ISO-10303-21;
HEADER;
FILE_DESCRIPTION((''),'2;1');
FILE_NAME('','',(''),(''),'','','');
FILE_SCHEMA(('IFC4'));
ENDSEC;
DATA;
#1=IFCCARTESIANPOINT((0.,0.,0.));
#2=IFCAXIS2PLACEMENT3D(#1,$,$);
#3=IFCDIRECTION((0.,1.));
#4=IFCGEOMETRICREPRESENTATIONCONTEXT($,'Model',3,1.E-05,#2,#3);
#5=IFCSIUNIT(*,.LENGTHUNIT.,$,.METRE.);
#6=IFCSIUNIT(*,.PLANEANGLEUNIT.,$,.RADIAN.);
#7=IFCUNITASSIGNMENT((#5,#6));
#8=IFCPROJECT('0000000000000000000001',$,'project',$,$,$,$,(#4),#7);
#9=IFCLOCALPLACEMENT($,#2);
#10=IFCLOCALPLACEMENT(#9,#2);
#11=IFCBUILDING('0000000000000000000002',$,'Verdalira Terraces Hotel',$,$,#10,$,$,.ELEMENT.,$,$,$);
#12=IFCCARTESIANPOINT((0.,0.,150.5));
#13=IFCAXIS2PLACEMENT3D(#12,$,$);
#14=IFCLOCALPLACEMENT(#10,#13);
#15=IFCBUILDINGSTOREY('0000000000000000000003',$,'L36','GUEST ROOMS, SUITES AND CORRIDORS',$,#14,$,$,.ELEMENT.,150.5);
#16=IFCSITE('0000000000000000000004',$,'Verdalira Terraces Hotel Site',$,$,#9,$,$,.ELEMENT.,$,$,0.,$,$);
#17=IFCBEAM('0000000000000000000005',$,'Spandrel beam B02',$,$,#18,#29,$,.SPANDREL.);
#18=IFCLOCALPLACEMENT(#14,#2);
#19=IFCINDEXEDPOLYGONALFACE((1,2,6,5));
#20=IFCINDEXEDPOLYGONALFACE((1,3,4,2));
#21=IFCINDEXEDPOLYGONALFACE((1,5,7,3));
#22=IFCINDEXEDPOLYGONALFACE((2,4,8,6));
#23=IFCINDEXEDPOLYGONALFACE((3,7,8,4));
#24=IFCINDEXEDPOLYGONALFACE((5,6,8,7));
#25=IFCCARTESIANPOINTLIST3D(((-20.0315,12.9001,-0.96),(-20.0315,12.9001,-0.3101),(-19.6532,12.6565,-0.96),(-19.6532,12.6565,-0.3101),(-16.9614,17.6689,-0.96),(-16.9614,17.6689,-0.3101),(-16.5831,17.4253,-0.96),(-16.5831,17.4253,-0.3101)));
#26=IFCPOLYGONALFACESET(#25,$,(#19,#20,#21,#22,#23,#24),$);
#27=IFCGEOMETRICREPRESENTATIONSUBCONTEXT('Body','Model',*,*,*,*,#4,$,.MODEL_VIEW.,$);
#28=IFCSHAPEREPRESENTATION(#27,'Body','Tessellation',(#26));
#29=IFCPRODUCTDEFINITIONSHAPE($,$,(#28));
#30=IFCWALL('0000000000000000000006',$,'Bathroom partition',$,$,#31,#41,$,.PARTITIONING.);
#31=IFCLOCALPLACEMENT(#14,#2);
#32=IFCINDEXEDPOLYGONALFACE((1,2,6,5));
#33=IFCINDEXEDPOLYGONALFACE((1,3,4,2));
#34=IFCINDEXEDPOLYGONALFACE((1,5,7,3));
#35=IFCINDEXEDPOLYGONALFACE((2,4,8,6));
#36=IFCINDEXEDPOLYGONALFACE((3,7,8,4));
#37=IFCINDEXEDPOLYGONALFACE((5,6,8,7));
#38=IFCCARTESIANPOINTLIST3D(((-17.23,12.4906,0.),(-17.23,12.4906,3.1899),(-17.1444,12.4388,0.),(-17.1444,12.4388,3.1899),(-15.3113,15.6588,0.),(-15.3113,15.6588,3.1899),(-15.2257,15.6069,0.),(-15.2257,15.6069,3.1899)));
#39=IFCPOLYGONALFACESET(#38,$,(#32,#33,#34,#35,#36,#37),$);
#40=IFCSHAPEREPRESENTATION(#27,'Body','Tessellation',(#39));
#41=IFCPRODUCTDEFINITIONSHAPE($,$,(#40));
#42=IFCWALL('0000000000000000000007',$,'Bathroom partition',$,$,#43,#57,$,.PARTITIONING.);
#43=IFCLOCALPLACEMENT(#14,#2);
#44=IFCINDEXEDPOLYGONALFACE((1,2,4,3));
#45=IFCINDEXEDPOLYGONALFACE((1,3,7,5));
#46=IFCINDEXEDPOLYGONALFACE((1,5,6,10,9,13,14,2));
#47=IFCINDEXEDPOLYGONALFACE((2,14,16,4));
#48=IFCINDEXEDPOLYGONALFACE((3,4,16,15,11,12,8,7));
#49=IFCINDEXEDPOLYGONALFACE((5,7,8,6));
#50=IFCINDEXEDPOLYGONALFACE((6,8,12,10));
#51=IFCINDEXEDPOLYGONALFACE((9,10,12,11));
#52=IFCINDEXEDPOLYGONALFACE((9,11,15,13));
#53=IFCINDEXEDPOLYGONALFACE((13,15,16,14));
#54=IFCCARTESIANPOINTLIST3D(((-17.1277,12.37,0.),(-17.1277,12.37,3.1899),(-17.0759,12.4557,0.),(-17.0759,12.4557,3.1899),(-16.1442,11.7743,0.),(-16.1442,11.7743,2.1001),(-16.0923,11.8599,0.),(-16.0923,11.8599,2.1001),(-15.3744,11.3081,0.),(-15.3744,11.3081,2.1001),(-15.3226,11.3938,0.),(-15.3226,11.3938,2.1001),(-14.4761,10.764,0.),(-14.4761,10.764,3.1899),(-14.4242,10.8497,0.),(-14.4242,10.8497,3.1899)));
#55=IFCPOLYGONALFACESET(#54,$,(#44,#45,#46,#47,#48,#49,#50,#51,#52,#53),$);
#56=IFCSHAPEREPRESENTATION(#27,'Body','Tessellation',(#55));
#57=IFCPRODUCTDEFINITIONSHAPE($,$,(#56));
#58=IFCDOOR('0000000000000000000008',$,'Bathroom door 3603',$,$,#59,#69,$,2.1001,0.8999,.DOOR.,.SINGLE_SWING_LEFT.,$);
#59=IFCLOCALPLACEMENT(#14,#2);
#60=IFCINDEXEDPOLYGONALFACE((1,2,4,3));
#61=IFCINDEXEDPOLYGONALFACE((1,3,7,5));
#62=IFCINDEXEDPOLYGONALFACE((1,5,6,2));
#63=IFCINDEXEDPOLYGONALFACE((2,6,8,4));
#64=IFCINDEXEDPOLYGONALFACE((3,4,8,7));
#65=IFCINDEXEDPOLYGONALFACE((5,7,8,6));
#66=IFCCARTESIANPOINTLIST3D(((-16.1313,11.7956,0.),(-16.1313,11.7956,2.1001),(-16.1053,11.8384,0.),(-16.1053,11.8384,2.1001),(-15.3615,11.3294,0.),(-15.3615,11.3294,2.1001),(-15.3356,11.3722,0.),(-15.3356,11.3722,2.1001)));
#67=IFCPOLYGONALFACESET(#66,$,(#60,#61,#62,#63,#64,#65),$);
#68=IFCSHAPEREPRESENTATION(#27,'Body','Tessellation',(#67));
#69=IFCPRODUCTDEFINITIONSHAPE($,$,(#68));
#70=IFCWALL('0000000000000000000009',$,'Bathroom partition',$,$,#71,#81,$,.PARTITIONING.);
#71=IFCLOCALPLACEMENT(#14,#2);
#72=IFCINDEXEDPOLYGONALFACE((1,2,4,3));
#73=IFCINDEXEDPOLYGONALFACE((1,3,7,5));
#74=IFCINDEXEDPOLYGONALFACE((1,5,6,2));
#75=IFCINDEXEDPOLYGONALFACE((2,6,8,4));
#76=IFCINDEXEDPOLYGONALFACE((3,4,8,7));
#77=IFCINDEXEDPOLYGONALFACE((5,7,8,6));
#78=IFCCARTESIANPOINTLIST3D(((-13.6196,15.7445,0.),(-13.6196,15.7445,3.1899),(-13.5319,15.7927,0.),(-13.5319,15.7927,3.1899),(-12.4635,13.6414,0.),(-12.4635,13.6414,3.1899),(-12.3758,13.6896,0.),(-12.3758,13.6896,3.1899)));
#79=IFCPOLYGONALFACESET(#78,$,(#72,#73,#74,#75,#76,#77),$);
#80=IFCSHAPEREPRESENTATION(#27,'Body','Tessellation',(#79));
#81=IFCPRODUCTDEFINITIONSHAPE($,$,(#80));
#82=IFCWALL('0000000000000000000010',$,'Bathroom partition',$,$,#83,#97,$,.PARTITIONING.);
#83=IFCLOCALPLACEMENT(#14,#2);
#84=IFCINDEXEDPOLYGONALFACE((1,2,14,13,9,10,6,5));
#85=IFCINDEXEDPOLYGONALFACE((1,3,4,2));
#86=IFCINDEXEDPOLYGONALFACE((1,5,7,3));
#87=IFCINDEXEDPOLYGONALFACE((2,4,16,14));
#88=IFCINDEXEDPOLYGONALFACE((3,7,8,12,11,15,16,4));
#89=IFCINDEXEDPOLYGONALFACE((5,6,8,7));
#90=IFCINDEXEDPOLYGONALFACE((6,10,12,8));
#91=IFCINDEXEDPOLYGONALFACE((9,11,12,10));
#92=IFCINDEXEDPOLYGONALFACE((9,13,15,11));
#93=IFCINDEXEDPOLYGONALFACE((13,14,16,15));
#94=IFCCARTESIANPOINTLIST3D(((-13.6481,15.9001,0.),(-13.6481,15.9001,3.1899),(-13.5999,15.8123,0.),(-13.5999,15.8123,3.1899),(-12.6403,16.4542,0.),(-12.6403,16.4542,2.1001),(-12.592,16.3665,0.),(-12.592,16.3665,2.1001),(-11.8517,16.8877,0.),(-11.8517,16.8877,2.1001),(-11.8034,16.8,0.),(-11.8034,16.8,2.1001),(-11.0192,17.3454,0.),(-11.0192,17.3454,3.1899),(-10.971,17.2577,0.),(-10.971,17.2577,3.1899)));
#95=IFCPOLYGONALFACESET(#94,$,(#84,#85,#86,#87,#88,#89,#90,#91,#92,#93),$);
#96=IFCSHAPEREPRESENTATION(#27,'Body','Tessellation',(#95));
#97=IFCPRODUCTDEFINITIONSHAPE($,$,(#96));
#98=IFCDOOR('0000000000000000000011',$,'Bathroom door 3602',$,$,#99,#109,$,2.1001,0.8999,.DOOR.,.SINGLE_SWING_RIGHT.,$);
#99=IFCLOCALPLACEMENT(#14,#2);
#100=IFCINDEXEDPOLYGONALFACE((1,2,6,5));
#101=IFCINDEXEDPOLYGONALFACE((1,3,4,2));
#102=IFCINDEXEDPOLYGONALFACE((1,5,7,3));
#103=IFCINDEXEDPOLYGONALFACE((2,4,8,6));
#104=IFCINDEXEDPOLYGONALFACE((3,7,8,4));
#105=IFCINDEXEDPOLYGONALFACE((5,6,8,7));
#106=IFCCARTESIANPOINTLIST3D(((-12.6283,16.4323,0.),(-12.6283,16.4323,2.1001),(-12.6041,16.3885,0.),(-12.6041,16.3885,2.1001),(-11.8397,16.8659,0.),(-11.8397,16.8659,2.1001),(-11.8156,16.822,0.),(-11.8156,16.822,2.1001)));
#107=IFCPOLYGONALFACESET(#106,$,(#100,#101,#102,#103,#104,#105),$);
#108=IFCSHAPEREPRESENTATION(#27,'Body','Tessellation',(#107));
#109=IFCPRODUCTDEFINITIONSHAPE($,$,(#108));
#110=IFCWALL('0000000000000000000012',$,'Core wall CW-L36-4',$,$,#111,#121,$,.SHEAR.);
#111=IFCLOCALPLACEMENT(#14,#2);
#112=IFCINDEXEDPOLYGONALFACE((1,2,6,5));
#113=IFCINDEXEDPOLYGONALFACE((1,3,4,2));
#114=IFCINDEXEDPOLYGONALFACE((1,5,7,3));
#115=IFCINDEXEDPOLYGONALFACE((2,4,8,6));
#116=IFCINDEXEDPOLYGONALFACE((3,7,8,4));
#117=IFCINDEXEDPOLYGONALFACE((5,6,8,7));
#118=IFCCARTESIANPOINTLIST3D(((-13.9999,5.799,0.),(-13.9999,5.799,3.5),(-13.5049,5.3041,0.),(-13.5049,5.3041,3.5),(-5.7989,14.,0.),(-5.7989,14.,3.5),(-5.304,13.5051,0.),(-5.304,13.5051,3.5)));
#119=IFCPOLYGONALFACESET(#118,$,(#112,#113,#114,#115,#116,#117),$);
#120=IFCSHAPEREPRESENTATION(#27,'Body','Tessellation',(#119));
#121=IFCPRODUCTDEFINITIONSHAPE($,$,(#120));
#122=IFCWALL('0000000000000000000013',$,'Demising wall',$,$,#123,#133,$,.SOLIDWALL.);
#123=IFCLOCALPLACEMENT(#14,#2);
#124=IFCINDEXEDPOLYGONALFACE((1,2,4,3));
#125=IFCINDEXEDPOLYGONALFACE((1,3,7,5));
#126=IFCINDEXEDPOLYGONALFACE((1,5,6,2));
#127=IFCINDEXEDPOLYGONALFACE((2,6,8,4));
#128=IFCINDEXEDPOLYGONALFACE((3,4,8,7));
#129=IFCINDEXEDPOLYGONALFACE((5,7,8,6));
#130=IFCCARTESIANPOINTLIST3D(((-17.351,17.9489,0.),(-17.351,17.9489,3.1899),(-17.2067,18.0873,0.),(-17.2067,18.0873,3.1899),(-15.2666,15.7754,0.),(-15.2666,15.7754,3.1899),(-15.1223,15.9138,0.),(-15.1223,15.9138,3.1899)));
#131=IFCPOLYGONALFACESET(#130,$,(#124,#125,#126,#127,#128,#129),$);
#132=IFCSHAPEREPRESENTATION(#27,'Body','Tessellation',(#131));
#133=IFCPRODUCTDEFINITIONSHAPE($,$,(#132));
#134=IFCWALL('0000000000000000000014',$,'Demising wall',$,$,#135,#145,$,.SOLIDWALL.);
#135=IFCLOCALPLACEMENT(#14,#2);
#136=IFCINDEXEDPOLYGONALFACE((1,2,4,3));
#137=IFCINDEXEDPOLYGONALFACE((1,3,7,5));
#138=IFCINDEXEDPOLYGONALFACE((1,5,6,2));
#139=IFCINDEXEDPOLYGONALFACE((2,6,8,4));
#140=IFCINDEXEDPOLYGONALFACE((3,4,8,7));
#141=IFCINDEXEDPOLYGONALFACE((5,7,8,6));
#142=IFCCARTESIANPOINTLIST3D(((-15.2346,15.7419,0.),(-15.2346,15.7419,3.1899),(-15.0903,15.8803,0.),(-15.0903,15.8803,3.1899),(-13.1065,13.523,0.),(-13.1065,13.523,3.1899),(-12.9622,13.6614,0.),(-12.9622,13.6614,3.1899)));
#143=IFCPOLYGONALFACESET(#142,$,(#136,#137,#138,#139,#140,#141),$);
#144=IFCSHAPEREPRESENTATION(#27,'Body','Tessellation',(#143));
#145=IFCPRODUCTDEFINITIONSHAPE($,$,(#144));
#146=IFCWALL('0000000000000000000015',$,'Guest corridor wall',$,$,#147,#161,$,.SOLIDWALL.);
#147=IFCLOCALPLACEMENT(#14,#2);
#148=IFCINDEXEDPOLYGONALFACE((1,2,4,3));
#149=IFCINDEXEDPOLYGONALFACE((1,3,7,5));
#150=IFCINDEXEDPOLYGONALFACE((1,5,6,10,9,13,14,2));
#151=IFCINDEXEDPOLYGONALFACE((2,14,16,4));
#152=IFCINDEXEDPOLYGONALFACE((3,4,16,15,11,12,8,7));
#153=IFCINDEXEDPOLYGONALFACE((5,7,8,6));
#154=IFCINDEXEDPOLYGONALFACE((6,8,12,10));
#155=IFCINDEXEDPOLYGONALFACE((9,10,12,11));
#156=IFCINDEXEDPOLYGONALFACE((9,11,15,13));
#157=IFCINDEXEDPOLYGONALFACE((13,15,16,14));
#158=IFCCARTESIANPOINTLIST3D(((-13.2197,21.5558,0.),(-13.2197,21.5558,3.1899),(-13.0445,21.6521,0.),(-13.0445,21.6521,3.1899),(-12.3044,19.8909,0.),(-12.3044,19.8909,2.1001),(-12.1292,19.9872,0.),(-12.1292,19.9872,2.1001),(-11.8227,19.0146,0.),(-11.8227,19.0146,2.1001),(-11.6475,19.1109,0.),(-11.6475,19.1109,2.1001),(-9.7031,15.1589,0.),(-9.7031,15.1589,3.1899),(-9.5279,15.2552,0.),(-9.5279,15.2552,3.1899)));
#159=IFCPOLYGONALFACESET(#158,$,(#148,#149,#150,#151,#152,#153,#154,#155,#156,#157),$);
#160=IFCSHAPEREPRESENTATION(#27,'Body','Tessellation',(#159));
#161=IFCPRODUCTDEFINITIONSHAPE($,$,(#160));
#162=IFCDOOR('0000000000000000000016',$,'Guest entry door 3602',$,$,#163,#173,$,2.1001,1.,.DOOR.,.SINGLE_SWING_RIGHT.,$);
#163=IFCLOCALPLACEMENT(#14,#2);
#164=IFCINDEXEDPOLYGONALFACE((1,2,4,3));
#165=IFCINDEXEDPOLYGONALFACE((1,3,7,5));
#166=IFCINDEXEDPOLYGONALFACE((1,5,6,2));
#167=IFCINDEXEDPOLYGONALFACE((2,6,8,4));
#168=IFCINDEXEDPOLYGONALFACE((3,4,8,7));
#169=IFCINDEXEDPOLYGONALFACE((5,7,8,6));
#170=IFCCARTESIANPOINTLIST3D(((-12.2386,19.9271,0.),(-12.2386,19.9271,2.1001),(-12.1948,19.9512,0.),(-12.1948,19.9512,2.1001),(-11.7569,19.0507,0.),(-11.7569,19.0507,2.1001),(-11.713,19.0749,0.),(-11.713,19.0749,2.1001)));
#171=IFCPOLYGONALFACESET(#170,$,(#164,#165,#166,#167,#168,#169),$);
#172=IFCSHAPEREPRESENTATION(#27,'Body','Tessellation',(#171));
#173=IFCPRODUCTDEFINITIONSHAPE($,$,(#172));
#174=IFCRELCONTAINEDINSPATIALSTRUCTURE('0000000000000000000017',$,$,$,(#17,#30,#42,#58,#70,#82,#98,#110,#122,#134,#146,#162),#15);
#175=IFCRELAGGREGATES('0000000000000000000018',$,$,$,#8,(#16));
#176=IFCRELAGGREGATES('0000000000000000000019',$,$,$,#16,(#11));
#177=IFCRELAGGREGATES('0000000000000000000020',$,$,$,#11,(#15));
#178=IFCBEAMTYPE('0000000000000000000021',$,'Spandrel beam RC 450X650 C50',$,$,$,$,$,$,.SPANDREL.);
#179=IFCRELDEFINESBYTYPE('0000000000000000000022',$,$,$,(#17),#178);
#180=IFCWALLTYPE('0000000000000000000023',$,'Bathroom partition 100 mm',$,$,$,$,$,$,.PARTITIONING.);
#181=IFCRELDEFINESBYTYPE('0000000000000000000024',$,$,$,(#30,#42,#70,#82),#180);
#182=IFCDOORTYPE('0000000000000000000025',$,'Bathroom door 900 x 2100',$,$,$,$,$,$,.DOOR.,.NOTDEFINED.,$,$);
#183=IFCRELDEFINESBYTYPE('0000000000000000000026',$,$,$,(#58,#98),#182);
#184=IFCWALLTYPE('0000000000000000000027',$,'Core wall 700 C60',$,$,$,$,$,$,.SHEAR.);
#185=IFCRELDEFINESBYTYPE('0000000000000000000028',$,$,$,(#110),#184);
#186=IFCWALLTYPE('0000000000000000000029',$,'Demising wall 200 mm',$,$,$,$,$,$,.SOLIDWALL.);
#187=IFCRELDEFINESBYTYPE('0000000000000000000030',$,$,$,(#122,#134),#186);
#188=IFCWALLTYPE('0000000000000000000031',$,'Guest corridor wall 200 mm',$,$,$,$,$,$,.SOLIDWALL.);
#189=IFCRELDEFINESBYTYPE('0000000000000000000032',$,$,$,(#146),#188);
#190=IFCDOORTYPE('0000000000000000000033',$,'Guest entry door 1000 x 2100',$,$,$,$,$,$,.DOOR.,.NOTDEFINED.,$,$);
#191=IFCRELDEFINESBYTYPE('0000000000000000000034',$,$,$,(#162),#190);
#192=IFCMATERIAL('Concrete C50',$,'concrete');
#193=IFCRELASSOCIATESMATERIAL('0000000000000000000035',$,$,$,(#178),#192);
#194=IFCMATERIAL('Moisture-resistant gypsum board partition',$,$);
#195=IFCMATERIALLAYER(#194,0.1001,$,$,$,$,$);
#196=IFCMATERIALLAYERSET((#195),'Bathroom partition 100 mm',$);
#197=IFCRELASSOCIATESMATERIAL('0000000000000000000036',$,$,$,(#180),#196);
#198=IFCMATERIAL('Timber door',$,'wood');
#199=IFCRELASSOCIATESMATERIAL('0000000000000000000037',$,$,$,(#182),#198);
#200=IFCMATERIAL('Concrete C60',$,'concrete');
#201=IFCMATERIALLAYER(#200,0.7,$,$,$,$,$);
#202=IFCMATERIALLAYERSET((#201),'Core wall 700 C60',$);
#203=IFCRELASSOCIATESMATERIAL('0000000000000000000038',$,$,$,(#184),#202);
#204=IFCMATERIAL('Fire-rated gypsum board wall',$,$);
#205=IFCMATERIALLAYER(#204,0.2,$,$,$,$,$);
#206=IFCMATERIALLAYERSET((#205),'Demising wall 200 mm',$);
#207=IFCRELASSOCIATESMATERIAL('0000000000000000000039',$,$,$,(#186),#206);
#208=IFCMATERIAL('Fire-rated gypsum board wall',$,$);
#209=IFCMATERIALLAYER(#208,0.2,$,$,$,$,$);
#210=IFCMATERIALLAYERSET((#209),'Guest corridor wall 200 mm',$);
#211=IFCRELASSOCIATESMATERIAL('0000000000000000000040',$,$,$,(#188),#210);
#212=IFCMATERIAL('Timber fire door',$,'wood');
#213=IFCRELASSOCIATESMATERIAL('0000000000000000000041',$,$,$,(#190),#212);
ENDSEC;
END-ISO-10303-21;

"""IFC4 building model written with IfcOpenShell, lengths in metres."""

from ifc_helpers import new_model, si_unit, direction, frame, frame_2d, origin, origin_2d, place, context, subcontext, project, spatial, rectangle, extrude, material, layer, layer_set, material_profile, profile_set, type_object, element, fill, save


model = new_model("IFC4")

# Units and contexts
model_context = context("Model", 3, precision=1e-05, world=origin(), true_north=direction((0.0, 1.0)))
body_context = subcontext(model_context, "Body", "Model", "MODEL_VIEW")
ifc_project = project(units=[si_unit("LENGTHUNIT", "METRE"), si_unit("PLANEANGLEUNIT", "RADIAN")], contexts=[model_context])

# Site, building, storey
site_placement = place(None, origin())
site = spatial("IfcSite", under=ifc_project, at=site_placement, Name="Verdalira Terraces Hotel Site", CompositionType="ELEMENT", RefElevation=0.0)
building_placement = place(site_placement, origin())
building = spatial("IfcBuilding", under=site, at=building_placement, Name="Verdalira Terraces Hotel", CompositionType="ELEMENT")
storey_placement = place(building_placement, frame((0.0, 0.0, 150.5)))
storey = spatial("IfcBuildingStorey", under=building, at=storey_placement, Name="L36", Description="GUEST ROOMS, SUITES AND CORRIDORS", CompositionType="ELEMENT", Elevation=150.5)

# Beam
ifc_material_1 = material(Name="Concrete C50", Category="concrete")
ifc_material_profile = material_profile(ifc_material_1, rectangle(XDim=0.45, YDim=0.6499, at=origin_2d()), Name="RC 450X650")
ifc_profile_set = profile_set([ifc_material_profile], Name="Concrete C50")
beam_type = type_object("IfcBeamType", Name="Spandrel beam RC 450X650 C50", PredefinedType="SPANDREL", material=ifc_profile_set)
beam_placement = place(storey_placement, frame((-16.7722, 17.5471, -0.635), z_axis=(-0.541308, -0.840824, 0.0), x_axis=(0.840824, -0.541308, 0.0)))
element("IfcBeam", 1, at=beam_placement, inside=storey, type_object=beam_type, Name="Spandrel beam B02", PredefinedType="SPANDREL", context=body_context, shape_type="SweptSolid", body=[
    extrude(rectangle(XDim=0.45, YDim=0.6499, at=origin_2d()), origin(), (0.0, 0.0, 1.0), 5.6716),
])

# Wall
ifc_material_2 = material(Name="Moisture-resistant gypsum board partition")
ifc_layer_1 = layer(ifc_material_2, 0.1001)
ifc_layer_set_1 = layer_set([ifc_layer_1], Name="Bathroom partition 100 mm")
wall_type_1 = type_object("IfcWallType", Name="Bathroom partition 100 mm", PredefinedType="PARTITIONING", material=ifc_layer_set_1)
wall_1_placement = place(storey_placement, frame((-17.1873, 12.4646, 0.0), z_axis=(0.0, 0.0, 1.0), x_axis=(0.51802, 0.855369, 0.0)))
element("IfcWall", 2, at=wall_1_placement, inside=storey, type_object=wall_type_1, Name="Bathroom partition", PredefinedType="PARTITIONING", context=body_context, shape_type="SweptSolid", body=[
    extrude(rectangle(XDim=3.7039, YDim=0.1001, at=frame_2d((1.8521, 0.0))), origin(), (0.0, 0.0, 1.0), 3.1899),
])

# Wall, opening, door
wall_2_placement = place(storey_placement, frame((-17.1018, 12.4128, 0.0), z_axis=(0.0, 0.0, 1.0), x_axis=(0.855352, -0.518047, 0.0)))
wall_2 = element("IfcWall", 3, at=wall_2_placement, inside=storey, type_object=wall_type_1, Name="Bathroom partition", PredefinedType="PARTITIONING", context=body_context, shape_type="SweptSolid", body=[
    extrude(rectangle(XDim=3.1001, YDim=0.1001, at=frame_2d((1.55, 0.0))), origin(), (0.0, 0.0, 1.0), 3.1899),
])
opening_1_placement = place(wall_2_placement, frame((1.1499, 0.0, 0.0)))
opening_1 = element("IfcOpeningElement", 4, at=opening_1_placement, cuts=wall_2, PredefinedType="OPENING", context=body_context, shape_type="SweptSolid", body=[
    extrude(rectangle(XDim=0.8999, YDim=2.1001, at=frame_2d((0.45, 1.05))), frame((0.0, 0.0601, 0.0), z_axis=(0.0, -1.0, 0.0), x_axis=(1.0, 0.0, 0.0)), (0.0, 0.0, 1.0), 0.1201),
])
ifc_material_3 = material(Name="Timber door", Category="wood")
door_type_1 = type_object("IfcDoorType", Name="Bathroom door 900 x 2100", OperationType="NOTDEFINED", PredefinedType="DOOR", material=ifc_material_3)
door_1_placement = place(opening_1_placement, origin())
door_1 = element("IfcDoor", 5, at=door_1_placement, inside=storey, type_object=door_type_1, Name="Bathroom door 3603", OperationType="SINGLE_SWING_LEFT", OverallHeight=2.1001, OverallWidth=0.8999, PredefinedType="DOOR", context=body_context, shape_type="SweptSolid", body=[
    extrude(rectangle(XDim=0.8999, YDim=2.1001, at=frame_2d((0.45, 1.05))), frame((0.0, 0.0249, 0.0), z_axis=(0.0, -1.0, 0.0), x_axis=(1.0, 0.0, 0.0)), (0.0, 0.0, 1.0), 0.05),
])
fill(opening_1, door_1)

# Wall
wall_3_placement = place(storey_placement, frame((-12.4197, 13.6655, 0.0), z_axis=(0.0, 0.0, 1.0), x_axis=(-0.481708, 0.876332, 0.0)))
element("IfcWall", 6, at=wall_3_placement, inside=storey, type_object=wall_type_1, Name="Bathroom partition", PredefinedType="PARTITIONING", context=body_context, shape_type="SweptSolid", body=[
    extrude(rectangle(XDim=2.3999, YDim=0.1001, at=frame_2d((1.2, 0.0))), origin(), (0.0, 0.0, 1.0), 3.1899),
])

# Wall, opening, door
wall_4_placement = place(storey_placement, frame((-10.9951, 17.3015, 0.0), z_axis=(0.0, 0.0, 1.0), x_axis=(-0.876298, -0.481769, 0.0)))
wall_4 = element("IfcWall", 7, at=wall_4_placement, inside=storey, type_object=wall_type_1, Name="Bathroom partition", PredefinedType="PARTITIONING", context=body_context, shape_type="SweptSolid", body=[
    extrude(rectangle(XDim=3.0, YDim=0.1001, at=frame_2d((1.5, 0.0))), origin(), (0.0, 0.0, 1.0), 3.1899),
])
opening_2_placement = place(wall_4_placement, frame((0.95, 0.0, 0.0)))
opening_2 = element("IfcOpeningElement", 8, at=opening_2_placement, cuts=wall_4, PredefinedType="OPENING", context=body_context, shape_type="SweptSolid", body=[
    extrude(rectangle(XDim=0.8999, YDim=2.1001, at=frame_2d((0.45, 1.05))), frame((0.0, 0.0601, 0.0), z_axis=(0.0, -1.0, 0.0), x_axis=(1.0, 0.0, 0.0)), (0.0, 0.0, 1.0), 0.1201),
])
door_2_placement = place(opening_2_placement, origin())
door_2 = element("IfcDoor", 9, at=door_2_placement, inside=storey, type_object=door_type_1, Name="Bathroom door 3602", OperationType="SINGLE_SWING_RIGHT", OverallHeight=2.1001, OverallWidth=0.8999, PredefinedType="DOOR", context=body_context, shape_type="SweptSolid", body=[
    extrude(rectangle(XDim=0.8999, YDim=2.1001, at=frame_2d((0.45, 1.05))), frame((0.0, 0.0249, 0.0), z_axis=(0.0, -1.0, 0.0), x_axis=(1.0, 0.0, 0.0)), (0.0, 0.0, 1.0), 0.05),
])
fill(opening_2, door_2)

# Walls
ifc_material_4 = material(Name="Concrete C60", Category="concrete")
ifc_layer_2 = layer(ifc_material_4, 0.7)
ifc_layer_set_2 = layer_set([ifc_layer_2], Name="Core wall 700 C60")
wall_type_2 = type_object("IfcWallType", Name="Core wall 700 C60", PredefinedType="SHEAR", material=ifc_layer_set_2)
wall_5_placement = place(storey_placement, frame((-5.5515, 13.7524, 0.0), z_axis=(0.0, 0.0, 1.0), x_axis=(-0.707107, -0.707107, 0.0)))
element("IfcWall", 10, at=wall_5_placement, inside=storey, type_object=wall_type_2, Name="Core wall CW-L36-4", PredefinedType="SHEAR", context=body_context, shape_type="SweptSolid", body=[
    extrude(rectangle(XDim=11.5979, YDim=0.7, at=frame_2d((5.7988, 0.0))), origin(), (0.0, 0.0, 1.0), 3.5),
])
ifc_material_5 = material(Name="Fire-rated gypsum board wall")
ifc_layer_3 = layer(ifc_material_5, 0.2)
ifc_layer_set_3 = layer_set([ifc_layer_3], Name="Demising wall 200 mm")
wall_type_3 = type_object("IfcWallType", Name="Demising wall 200 mm", PredefinedType="SOLIDWALL", material=ifc_layer_set_3)
wall_6_placement = place(storey_placement, frame((-15.1943, 15.8445, 0.0), z_axis=(0.0, 0.0, 1.0), x_axis=(-0.692157, 0.721747, 0.0)))
element("IfcWall", 11, at=wall_6_placement, inside=storey, type_object=wall_type_3, Name="Demising wall", PredefinedType="SOLIDWALL", context=body_context, shape_type="SweptSolid", body=[
    extrude(rectangle(XDim=3.0115, YDim=0.2, at=frame_2d((1.5059, 0.0))), origin(), (0.0, 0.0, 1.0), 3.1899),
])
wall_7_placement = place(storey_placement, frame((-13.0344, 13.5923, 0.0), z_axis=(0.0, 0.0, 1.0), x_axis=(-0.692183, 0.721722, 0.0)))
element("IfcWall", 12, at=wall_7_placement, inside=storey, type_object=wall_type_3, Name="Demising wall", PredefinedType="SOLIDWALL", context=body_context, shape_type="SweptSolid", body=[
    extrude(rectangle(XDim=3.0745, YDim=0.2, at=frame_2d((1.5371, 0.0))), origin(), (0.0, 0.0, 1.0), 3.1899),
])

# Wall, opening, door
ifc_material_6 = material(Name="Fire-rated gypsum board wall")
ifc_layer_4 = layer(ifc_material_6, 0.2)
ifc_layer_set_4 = layer_set([ifc_layer_4], Name="Guest corridor wall 200 mm")
wall_type_4 = type_object("IfcWallType", Name="Guest corridor wall 200 mm", PredefinedType="SOLIDWALL", material=ifc_layer_set_4)
wall_8_placement = place(storey_placement, frame((-9.6155, 15.207, 0.0), z_axis=(0.0, 0.0, 1.0), x_axis=(-0.481736, 0.876316, 0.0)))
wall_8 = element("IfcWall", 13, at=wall_8_placement, inside=storey, type_object=wall_type_4, Name="Guest corridor wall", PredefinedType="SOLIDWALL", context=body_context, shape_type="SweptSolid", body=[
    extrude(rectangle(XDim=7.2998, YDim=0.2, at=frame_2d((3.6499, 0.0))), origin(), (0.0, 0.0, 1.0), 3.1899),
])
opening_3_placement = place(wall_8_placement, frame((4.3999, 0.0, 0.0)))
opening_3 = element("IfcOpeningElement", 14, at=opening_3_placement, cuts=wall_8, PredefinedType="OPENING", context=body_context, shape_type="SweptSolid", body=[
    extrude(rectangle(XDim=1.0, YDim=2.1001, at=frame_2d((0.5, 1.05))), frame((0.0, 0.1099, 0.0), z_axis=(0.0, -1.0, 0.0), x_axis=(1.0, 0.0, 0.0)), (0.0, 0.0, 1.0), 0.22),
])
ifc_material_7 = material(Name="Timber fire door", Category="wood")
door_type_2 = type_object("IfcDoorType", Name="Guest entry door 1000 x 2100", OperationType="NOTDEFINED", PredefinedType="DOOR", material=ifc_material_7)
door_3_placement = place(opening_3_placement, origin())
door_3 = element("IfcDoor", 15, at=door_3_placement, inside=storey, type_object=door_type_2, Name="Guest entry door 3602", OperationType="SINGLE_SWING_RIGHT", OverallHeight=2.1001, OverallWidth=1.0, PredefinedType="DOOR", context=body_context, shape_type="SweptSolid", body=[
    extrude(rectangle(XDim=1.0, YDim=2.1001, at=frame_2d((0.5, 1.05))), frame((0.0, 0.0249, 0.0), z_axis=(0.0, -1.0, 0.0), x_axis=(1.0, 0.0, 0.0)), (0.0, 0.0, 1.0), 0.05),
])
fill(opening_3, door_3)

save(model, "model.ifc")
